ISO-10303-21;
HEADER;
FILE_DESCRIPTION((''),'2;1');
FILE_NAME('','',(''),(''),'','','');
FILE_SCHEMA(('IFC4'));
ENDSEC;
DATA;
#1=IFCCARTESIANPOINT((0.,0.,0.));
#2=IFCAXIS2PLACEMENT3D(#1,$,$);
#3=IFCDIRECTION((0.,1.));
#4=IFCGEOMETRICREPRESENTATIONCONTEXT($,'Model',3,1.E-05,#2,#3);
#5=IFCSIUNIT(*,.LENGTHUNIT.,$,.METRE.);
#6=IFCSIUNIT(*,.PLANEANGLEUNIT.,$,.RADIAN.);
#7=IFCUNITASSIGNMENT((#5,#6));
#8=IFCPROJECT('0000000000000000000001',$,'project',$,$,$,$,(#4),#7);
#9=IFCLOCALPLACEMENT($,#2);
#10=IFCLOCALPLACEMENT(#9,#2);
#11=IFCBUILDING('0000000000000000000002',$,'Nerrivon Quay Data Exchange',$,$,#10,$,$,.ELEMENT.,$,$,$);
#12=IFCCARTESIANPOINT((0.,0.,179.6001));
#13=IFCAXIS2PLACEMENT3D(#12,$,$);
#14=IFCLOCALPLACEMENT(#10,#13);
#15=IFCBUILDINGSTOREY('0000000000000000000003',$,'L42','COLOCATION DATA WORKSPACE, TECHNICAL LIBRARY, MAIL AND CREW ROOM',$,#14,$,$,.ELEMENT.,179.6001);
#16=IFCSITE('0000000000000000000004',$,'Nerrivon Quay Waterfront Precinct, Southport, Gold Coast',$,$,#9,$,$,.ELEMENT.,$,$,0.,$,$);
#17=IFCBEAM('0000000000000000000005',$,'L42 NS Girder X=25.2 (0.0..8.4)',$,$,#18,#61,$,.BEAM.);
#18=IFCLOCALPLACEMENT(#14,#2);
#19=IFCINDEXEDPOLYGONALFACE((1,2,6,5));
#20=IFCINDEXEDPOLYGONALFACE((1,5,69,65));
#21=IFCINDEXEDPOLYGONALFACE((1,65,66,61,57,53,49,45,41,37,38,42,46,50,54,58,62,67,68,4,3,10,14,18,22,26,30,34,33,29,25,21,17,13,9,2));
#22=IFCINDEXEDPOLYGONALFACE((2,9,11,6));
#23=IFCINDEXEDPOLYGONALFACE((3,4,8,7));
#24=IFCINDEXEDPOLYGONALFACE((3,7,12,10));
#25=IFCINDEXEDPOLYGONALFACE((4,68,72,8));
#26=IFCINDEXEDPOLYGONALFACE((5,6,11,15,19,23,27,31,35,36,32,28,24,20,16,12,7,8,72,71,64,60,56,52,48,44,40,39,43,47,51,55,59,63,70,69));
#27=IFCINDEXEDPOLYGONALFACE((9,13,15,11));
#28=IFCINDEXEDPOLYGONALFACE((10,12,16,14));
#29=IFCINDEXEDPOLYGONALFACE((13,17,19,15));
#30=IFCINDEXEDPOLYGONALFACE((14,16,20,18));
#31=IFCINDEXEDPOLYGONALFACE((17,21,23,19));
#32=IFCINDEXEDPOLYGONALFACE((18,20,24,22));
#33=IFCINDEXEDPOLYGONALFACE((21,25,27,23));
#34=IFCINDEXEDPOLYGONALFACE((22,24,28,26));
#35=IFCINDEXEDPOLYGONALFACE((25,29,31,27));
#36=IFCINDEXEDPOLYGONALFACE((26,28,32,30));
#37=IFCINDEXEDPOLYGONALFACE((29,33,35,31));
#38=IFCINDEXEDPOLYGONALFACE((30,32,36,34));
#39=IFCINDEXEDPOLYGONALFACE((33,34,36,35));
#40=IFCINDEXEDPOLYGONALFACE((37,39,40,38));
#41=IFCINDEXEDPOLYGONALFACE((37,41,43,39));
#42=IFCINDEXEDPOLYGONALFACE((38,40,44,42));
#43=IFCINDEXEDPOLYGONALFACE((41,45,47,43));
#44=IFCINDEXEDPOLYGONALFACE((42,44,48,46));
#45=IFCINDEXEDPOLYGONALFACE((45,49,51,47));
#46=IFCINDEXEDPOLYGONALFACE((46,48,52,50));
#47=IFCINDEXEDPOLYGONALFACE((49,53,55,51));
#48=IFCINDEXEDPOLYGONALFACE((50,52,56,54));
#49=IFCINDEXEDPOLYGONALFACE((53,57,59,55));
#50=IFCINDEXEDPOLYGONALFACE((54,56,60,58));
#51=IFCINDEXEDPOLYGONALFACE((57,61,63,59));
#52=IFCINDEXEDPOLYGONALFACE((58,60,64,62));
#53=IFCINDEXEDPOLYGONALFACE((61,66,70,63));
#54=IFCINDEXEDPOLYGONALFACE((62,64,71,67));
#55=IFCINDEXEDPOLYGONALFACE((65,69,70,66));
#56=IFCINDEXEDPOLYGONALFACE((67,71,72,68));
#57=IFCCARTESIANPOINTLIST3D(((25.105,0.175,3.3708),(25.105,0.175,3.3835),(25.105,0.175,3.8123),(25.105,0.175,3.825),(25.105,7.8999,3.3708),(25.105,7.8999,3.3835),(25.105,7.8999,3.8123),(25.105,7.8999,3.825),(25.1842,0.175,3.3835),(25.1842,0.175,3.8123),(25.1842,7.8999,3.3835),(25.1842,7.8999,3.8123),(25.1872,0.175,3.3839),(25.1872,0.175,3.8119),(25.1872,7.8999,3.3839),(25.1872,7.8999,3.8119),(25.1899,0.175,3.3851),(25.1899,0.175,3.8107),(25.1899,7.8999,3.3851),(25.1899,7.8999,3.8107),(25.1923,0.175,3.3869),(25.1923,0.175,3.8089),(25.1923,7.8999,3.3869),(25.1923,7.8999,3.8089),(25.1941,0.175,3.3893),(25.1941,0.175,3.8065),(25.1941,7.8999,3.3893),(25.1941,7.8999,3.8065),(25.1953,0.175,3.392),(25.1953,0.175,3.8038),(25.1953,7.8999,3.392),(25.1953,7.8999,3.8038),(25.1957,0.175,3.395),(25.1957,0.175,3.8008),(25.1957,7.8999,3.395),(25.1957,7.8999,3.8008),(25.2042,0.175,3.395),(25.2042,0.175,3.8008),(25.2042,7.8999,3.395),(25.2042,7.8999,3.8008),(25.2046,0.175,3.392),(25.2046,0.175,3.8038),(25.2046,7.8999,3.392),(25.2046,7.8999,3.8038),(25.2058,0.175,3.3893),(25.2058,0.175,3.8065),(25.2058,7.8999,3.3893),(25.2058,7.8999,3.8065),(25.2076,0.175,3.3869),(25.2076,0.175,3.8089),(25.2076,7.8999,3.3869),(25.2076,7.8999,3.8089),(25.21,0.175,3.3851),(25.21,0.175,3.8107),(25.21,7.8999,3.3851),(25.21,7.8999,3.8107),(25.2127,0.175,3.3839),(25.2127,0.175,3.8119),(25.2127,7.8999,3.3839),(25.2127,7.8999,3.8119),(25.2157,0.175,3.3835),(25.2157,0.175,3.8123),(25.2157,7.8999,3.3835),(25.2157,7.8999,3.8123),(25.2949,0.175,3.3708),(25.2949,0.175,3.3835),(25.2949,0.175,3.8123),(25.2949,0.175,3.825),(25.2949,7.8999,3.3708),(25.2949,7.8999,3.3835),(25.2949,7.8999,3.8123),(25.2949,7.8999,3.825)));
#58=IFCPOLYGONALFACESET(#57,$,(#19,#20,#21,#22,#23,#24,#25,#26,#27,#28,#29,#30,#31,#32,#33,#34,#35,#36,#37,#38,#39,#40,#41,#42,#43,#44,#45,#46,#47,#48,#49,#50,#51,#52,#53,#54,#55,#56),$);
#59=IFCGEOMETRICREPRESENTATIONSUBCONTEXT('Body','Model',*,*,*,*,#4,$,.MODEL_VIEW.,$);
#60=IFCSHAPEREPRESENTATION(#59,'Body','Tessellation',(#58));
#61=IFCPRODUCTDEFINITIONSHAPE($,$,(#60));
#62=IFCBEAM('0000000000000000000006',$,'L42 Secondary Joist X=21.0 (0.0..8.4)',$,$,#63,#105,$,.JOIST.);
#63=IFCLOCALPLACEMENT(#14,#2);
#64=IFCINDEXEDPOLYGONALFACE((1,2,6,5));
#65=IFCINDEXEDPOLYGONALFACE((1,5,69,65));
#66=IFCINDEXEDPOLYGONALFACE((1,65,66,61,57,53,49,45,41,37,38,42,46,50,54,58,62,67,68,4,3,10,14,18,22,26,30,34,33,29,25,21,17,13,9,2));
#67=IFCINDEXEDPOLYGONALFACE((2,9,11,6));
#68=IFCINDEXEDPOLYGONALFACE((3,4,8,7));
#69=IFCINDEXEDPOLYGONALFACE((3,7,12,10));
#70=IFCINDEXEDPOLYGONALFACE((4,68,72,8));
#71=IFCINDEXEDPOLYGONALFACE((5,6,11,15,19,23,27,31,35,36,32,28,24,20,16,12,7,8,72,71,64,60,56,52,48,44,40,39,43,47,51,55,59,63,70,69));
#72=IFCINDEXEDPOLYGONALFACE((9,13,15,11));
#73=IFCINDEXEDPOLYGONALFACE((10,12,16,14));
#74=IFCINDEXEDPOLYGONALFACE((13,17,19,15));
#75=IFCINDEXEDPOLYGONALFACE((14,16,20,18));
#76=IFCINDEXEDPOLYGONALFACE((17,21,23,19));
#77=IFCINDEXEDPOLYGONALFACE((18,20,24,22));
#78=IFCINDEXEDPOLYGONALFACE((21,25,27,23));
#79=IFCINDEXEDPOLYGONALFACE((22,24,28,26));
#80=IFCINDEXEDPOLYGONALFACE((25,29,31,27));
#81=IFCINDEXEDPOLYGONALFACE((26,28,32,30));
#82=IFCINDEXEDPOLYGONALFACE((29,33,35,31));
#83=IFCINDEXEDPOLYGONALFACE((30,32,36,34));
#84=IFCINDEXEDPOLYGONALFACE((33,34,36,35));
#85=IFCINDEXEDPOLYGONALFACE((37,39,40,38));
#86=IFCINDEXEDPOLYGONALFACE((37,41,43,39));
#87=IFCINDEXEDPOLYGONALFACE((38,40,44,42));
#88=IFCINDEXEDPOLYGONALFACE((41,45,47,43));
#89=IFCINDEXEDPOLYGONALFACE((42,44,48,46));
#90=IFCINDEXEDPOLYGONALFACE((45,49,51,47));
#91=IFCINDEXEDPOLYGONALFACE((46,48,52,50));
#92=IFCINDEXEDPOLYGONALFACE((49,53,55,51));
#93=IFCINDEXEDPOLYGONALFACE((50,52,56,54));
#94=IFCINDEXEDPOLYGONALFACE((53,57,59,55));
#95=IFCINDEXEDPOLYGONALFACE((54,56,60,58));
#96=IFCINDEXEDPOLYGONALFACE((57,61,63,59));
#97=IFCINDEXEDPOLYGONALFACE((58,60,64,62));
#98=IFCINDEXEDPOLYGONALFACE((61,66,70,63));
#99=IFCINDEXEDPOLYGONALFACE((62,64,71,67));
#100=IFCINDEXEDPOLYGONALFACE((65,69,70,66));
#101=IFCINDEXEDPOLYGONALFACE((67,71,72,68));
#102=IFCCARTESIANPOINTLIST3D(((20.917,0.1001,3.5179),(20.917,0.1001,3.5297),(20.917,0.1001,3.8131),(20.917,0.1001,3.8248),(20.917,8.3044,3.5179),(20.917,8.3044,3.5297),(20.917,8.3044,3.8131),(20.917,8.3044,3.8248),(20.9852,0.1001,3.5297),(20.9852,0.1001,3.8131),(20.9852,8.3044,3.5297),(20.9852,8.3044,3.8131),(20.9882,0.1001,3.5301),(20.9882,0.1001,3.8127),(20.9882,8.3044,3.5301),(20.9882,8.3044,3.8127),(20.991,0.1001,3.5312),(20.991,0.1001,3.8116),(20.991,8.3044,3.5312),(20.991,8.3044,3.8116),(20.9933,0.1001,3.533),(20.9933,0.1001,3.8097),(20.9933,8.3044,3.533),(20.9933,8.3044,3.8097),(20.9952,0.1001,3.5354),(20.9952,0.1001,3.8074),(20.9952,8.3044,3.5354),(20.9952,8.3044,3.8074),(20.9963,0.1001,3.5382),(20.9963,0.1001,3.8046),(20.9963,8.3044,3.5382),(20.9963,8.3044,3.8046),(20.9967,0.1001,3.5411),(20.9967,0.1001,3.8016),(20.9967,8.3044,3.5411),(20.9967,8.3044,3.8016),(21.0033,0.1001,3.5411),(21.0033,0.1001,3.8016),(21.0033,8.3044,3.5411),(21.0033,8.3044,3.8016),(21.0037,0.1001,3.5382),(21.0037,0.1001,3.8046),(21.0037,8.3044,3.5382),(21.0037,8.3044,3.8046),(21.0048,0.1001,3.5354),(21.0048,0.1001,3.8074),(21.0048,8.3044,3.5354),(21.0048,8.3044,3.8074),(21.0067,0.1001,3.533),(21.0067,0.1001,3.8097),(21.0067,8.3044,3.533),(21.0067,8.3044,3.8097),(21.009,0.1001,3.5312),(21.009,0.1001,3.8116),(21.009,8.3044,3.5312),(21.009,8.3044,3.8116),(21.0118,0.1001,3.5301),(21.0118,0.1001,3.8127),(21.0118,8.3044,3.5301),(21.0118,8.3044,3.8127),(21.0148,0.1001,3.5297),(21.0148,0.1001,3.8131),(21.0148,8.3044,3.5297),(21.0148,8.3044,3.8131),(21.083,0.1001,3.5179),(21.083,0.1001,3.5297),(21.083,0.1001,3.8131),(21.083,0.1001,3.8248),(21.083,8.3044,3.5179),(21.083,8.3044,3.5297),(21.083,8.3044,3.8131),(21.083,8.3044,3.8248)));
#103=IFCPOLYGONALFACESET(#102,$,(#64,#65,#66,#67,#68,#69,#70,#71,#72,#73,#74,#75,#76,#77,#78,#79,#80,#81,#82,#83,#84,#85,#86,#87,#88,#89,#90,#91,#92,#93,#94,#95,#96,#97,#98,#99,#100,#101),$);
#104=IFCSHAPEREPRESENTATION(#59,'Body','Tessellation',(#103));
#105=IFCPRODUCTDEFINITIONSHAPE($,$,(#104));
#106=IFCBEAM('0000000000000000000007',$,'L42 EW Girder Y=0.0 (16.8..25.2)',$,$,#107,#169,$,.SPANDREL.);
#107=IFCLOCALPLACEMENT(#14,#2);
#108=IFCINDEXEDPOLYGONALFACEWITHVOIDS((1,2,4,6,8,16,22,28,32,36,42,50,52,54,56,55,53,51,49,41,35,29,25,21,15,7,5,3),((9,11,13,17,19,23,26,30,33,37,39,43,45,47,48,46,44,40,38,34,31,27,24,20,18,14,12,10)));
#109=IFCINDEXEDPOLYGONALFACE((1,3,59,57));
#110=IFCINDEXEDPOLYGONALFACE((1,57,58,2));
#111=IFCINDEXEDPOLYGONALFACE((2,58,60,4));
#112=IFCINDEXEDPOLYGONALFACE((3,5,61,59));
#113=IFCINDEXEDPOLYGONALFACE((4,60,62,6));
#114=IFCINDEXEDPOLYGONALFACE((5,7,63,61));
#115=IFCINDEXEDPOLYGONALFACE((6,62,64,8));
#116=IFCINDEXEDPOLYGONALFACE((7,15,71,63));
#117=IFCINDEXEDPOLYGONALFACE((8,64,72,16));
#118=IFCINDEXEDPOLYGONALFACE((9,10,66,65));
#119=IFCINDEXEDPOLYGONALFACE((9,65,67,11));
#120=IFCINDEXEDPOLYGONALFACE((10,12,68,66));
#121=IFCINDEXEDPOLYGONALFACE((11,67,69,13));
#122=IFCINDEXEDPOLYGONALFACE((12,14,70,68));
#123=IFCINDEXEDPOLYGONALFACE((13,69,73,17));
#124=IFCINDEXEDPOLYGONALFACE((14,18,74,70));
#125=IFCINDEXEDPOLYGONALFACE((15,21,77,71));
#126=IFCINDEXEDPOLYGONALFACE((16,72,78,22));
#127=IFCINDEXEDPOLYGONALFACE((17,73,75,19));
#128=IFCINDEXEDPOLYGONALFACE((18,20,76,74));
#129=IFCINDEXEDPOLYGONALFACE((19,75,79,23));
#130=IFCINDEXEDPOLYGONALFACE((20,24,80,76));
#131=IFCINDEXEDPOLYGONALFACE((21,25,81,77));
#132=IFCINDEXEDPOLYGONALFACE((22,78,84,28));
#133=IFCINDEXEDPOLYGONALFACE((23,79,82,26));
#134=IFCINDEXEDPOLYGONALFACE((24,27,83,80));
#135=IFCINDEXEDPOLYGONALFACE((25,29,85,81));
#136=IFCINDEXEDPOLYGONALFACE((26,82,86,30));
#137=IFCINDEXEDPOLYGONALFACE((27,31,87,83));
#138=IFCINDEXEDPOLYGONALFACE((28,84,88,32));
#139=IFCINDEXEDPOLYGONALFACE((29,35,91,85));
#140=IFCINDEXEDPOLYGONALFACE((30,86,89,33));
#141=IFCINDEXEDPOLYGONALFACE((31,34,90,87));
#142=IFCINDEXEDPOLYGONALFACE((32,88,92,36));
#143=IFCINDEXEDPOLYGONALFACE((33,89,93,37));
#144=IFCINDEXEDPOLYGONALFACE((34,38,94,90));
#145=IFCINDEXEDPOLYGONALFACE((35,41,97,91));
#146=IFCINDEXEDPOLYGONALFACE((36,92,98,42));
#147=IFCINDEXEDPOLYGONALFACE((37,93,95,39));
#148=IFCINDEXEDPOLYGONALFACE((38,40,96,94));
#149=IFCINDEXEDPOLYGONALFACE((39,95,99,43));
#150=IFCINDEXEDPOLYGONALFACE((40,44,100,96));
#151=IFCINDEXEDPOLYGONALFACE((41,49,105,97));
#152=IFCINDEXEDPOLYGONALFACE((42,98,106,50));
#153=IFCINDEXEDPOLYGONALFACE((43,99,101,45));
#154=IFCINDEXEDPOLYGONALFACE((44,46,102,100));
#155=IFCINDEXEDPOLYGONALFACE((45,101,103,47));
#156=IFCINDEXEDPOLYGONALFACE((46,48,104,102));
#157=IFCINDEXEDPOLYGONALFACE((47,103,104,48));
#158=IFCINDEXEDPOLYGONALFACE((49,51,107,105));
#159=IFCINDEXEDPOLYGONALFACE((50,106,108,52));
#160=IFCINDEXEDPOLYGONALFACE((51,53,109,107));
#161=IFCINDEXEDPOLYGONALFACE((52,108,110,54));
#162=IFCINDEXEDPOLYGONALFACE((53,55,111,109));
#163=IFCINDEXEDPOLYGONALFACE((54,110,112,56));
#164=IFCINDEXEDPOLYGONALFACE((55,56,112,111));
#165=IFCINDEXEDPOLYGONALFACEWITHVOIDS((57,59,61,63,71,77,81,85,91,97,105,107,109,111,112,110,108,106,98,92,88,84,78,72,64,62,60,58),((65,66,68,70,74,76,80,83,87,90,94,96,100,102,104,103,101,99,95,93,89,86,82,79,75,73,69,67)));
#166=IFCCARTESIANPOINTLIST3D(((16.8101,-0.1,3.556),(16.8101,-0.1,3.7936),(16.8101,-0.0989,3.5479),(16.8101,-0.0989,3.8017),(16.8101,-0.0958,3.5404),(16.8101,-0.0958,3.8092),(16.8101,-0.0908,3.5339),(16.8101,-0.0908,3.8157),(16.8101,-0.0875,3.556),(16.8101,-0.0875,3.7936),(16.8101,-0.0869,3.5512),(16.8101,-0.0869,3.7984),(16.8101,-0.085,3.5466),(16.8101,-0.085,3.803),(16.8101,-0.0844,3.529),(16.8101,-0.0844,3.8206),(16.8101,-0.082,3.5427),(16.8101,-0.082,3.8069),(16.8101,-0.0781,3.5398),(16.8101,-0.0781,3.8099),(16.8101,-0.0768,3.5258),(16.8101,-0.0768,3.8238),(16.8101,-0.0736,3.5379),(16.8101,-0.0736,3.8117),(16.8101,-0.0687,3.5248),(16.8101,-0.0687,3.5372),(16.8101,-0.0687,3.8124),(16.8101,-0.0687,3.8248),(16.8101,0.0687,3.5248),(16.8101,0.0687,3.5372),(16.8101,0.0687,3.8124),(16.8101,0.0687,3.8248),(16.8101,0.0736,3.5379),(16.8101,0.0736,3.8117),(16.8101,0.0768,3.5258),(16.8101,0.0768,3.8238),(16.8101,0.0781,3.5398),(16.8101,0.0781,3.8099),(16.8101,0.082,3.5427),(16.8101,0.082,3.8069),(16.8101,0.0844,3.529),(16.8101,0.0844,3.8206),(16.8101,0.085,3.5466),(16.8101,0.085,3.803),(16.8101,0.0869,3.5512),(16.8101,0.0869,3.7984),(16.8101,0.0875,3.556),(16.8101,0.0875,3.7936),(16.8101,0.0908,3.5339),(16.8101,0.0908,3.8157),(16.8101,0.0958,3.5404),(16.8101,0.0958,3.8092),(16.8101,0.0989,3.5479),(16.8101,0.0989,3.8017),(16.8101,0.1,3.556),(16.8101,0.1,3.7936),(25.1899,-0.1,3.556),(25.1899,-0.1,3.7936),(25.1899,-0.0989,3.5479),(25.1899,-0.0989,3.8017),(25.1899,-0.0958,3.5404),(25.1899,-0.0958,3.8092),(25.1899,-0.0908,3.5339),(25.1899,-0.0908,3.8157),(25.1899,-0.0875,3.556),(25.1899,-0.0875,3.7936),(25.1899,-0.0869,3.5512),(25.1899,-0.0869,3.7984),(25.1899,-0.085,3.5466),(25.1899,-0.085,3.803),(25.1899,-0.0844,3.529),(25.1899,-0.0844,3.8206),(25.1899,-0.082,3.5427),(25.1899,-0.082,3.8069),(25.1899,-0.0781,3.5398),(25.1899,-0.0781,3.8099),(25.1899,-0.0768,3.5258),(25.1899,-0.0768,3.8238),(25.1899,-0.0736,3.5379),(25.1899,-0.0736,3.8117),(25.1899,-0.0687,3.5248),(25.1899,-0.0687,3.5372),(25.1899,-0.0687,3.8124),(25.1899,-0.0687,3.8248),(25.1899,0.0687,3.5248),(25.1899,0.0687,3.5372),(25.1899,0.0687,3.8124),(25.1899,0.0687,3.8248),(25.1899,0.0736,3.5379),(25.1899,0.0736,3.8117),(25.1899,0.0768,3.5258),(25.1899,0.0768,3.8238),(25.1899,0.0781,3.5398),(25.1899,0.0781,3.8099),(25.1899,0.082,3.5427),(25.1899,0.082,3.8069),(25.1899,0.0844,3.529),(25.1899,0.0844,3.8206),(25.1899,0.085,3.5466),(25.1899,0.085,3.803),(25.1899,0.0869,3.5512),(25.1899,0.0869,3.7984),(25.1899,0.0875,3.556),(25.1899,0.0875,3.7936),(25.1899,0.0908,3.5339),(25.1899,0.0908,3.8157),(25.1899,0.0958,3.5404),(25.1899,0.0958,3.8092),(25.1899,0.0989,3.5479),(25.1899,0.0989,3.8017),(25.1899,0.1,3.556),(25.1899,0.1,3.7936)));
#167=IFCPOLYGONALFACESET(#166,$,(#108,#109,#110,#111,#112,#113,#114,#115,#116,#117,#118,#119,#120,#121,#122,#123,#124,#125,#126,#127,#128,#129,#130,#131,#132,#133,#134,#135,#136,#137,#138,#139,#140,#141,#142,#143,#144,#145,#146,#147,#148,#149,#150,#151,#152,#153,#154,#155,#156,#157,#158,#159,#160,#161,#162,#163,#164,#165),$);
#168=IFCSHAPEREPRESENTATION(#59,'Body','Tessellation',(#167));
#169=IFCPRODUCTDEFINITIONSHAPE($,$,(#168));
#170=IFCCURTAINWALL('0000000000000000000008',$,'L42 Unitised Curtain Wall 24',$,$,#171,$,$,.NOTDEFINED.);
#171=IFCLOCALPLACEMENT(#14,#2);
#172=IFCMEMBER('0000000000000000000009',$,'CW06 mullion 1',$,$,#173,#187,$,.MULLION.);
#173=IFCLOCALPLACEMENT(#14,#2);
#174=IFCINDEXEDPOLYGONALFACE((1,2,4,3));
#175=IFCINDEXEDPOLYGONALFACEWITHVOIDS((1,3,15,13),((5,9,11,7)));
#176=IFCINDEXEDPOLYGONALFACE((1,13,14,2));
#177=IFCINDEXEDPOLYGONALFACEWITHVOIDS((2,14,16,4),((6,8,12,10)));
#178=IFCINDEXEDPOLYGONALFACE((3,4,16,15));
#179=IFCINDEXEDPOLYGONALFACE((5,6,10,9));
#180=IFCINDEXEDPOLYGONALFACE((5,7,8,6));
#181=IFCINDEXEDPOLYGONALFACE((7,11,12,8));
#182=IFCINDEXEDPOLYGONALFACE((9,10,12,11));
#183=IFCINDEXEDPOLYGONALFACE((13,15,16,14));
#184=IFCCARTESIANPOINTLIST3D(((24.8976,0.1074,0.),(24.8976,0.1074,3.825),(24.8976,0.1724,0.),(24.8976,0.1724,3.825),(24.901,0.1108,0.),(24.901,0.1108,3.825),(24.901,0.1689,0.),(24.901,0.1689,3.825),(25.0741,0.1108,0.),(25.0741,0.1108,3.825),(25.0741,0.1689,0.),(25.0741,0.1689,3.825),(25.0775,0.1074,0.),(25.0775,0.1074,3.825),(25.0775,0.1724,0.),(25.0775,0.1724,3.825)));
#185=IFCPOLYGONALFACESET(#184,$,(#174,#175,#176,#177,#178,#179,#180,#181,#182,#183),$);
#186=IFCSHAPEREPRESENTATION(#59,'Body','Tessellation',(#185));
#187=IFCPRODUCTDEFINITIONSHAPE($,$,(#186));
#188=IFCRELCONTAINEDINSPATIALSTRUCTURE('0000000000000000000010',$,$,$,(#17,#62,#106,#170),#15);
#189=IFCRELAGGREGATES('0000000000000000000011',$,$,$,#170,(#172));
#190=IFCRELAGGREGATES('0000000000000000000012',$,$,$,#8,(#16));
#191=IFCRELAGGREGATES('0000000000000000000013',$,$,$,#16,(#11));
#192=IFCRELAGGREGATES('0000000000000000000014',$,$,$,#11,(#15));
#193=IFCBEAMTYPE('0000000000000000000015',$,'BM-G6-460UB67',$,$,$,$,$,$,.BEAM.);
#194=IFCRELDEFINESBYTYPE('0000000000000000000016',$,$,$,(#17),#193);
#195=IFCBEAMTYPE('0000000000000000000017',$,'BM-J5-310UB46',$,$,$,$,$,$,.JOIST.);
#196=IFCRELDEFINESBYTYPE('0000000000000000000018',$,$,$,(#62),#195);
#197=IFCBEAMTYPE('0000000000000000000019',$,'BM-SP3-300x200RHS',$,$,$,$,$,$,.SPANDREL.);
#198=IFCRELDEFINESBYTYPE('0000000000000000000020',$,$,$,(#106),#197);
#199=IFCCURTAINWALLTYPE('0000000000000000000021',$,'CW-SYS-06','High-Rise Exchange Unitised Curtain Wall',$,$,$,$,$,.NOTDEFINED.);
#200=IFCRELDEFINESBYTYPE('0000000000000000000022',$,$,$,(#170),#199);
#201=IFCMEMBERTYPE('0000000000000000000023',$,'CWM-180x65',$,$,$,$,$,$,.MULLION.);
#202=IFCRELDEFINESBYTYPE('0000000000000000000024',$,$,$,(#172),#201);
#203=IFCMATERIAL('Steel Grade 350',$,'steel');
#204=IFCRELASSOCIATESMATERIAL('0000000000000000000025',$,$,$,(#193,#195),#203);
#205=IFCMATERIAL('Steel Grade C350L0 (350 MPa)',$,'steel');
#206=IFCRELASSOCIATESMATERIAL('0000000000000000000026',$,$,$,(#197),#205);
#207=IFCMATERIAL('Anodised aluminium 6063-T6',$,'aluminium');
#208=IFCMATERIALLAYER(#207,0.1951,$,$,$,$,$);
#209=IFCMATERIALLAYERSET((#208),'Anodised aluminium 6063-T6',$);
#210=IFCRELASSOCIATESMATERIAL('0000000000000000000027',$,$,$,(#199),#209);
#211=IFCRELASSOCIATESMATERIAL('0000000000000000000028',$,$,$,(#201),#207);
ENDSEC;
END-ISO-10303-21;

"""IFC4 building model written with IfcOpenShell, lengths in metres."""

from ifc_helpers import new_model, si_unit, direction, frame, origin, origin_2d, place, context, subcontext, project, spatial, hollow_rectangle, i_section, extrude, material, layer, layer_set, material_profile, profile_set, type_object, element, aggregate, save


model = new_model("IFC4")

# Units and contexts
model_context = context("Model", 3, precision=1e-05, world=origin(), true_north=direction((0.0, 1.0)))
body_context = subcontext(model_context, "Body", "Model", "MODEL_VIEW")
ifc_project = project(units=[si_unit("LENGTHUNIT", "METRE"), si_unit("PLANEANGLEUNIT", "RADIAN")], contexts=[model_context])

# Site, building, storey
site_placement = place(None, origin())
site = spatial("IfcSite", under=ifc_project, at=site_placement, Name="Nerrivon Quay Waterfront Precinct, Southport, Gold Coast", CompositionType="ELEMENT", RefElevation=0.0)
building_placement = place(site_placement, origin())
building = spatial("IfcBuilding", under=site, at=building_placement, Name="Nerrivon Quay Data Exchange", CompositionType="ELEMENT")
storey_placement = place(building_placement, frame((0.0, 0.0, 179.6001)))
storey = spatial("IfcBuildingStorey", under=building, at=storey_placement, Name="L42", Description="COLOCATION DATA WORKSPACE, TECHNICAL LIBRARY, MAIL AND CREW ROOM", CompositionType="ELEMENT", Elevation=179.6001)

# Shared definitions
ifc_material_1 = material(Name="Steel Grade 350", Category="steel")

# Beams
ifc_material_profile_1 = material_profile(ifc_material_1, i_section(OverallWidth=0.1899, OverallDepth=0.4541, WebThickness=0.0085, FlangeThickness=0.0127, FilletRadius=0.0115, at=origin_2d()), Name="460UB67.1")
ifc_profile_set_1 = profile_set([ifc_material_profile_1], Name="Steel Grade 350")
beam_type_1 = type_object("IfcBeamType", Name="BM-G6-460UB67", PredefinedType="BEAM", material=ifc_profile_set_1)
for number, where, z_axis, x_axis, name in (
    (1, (25.2, 0.175, 3.5979), (0.0, 1.0, 0.0), (-1.0, 0.0, 0.0), "L42 NS Girder X=25.2 (0.0..8.4)"),
):
    element("IfcBeam", number, at=place(storey_placement, frame(where, z_axis=z_axis, x_axis=x_axis)), inside=storey, type_object=beam_type_1, Name=name, PredefinedType="BEAM", context=body_context, shape_type="SweptSolid", body=[
        extrude(i_section(OverallWidth=0.1899, OverallDepth=0.4541, WebThickness=0.0085, FlangeThickness=0.0127, FilletRadius=0.0115, at=origin_2d()), origin(), (0.0, 0.0, 1.0), 7.7249),
    ])
ifc_material_profile_2 = material_profile(ifc_material_1, i_section(OverallWidth=0.166, OverallDepth=0.3069, WebThickness=0.0066, FlangeThickness=0.0117, FilletRadius=0.0115, at=origin_2d()), Name="310UB46.2")
ifc_profile_set_2 = profile_set([ifc_material_profile_2], Name="Steel Grade 350")
beam_type_2 = type_object("IfcBeamType", Name="BM-J5-310UB46", PredefinedType="JOIST", material=ifc_profile_set_2)
beam_1_placement = place(storey_placement, frame((21.0, 0.1001, 3.6714), z_axis=(0.0, 1.0, 0.0), x_axis=(-1.0, 0.0, 0.0)))
element("IfcBeam", 2, at=beam_1_placement, inside=storey, type_object=beam_type_2, Name="L42 Secondary Joist X=21.0 (0.0..8.4)", PredefinedType="JOIST", context=body_context, shape_type="SweptSolid", body=[
    extrude(i_section(OverallWidth=0.166, OverallDepth=0.3069, WebThickness=0.0066, FlangeThickness=0.0117, FilletRadius=0.0115, at=origin_2d()), origin(), (0.0, 0.0, 1.0), 8.2043),
])
ifc_material_2 = material(Name="Steel Grade C350L0 (350 MPa)", Category="steel")
ifc_material_profile_3 = material_profile(ifc_material_2, hollow_rectangle(XDim=0.2, YDim=0.3, WallThickness=0.0125, InnerFilletRadius=0.0188, OuterFilletRadius=0.0312, at=origin_2d()), Name="300x200x12.5RHS")
ifc_profile_set_3 = profile_set([ifc_material_profile_3], Name="Steel Grade C350L0 (350 MPa)")
beam_type_3 = type_object("IfcBeamType", Name="BM-SP3-300x200RHS", PredefinedType="SPANDREL", material=ifc_profile_set_3)
beam_2_placement = place(storey_placement, frame((16.8101, 0.0, 3.6748), z_axis=(1.0, 0.0, 0.0), x_axis=(0.0, 1.0, 0.0)))
element("IfcBeam", 3, at=beam_2_placement, inside=storey, type_object=beam_type_3, Name="L42 EW Girder Y=0.0 (16.8..25.2)", PredefinedType="SPANDREL", context=body_context, shape_type="SweptSolid", body=[
    extrude(hollow_rectangle(XDim=0.2, YDim=0.3, WallThickness=0.0125, InnerFilletRadius=0.0188, OuterFilletRadius=0.0312, at=origin_2d()), origin(), (0.0, 0.0, 1.0), 8.3799),
])

# Curtain wall, member
ifc_material_3 = material(Name="Anodised aluminium 6063-T6", Category="aluminium")
ifc_layer_1 = layer(ifc_material_3, 0.1951)
ifc_layer_set_1 = layer_set([ifc_layer_1], Name="Anodised aluminium 6063-T6")
curtain_wall_type = type_object("IfcCurtainWallType", Name="CW-SYS-06", Description="High-Rise Exchange Unitised Curtain Wall", PredefinedType="NOTDEFINED", material=ifc_layer_set_1)
curtain_wall_1_placement = place(storey_placement, origin())
curtain_wall_1 = element("IfcCurtainWall", 4, at=curtain_wall_1_placement, inside=storey, type_object=curtain_wall_type, Name="L42 Unitised Curtain Wall 24", PredefinedType="NOTDEFINED")
ifc_material_profile_4 = material_profile(ifc_material_3, hollow_rectangle(XDim=0.0649, YDim=0.1799, WallThickness=0.0034, at=origin_2d()), Name="ALU-MULL-180x65")
ifc_profile_set_4 = profile_set([ifc_material_profile_4], Name="Anodised aluminium 6063-T6")
member_type_1 = type_object("IfcMemberType", Name="CWM-180x65", PredefinedType="MULLION", material=ifc_profile_set_4)
member_1_placement = place(storey_placement, frame((24.9875, 0.1399, 0.0), z_axis=(0.0, 0.0, 1.0), x_axis=(0.0, -1.0, 0.0)))
member_1 = element("IfcMember", 5, at=member_1_placement, type_object=member_type_1, Name="CW06 mullion 1", PredefinedType="MULLION", context=body_context, shape_type="SweptSolid", body=[
    extrude(hollow_rectangle(XDim=0.0649, YDim=0.1799, WallThickness=0.0034, at=origin_2d()), origin(), (0.0, 0.0, 1.0), 3.825),
])

aggregate(curtain_wall_1, [member_1])

save(model, "model.ifc")
